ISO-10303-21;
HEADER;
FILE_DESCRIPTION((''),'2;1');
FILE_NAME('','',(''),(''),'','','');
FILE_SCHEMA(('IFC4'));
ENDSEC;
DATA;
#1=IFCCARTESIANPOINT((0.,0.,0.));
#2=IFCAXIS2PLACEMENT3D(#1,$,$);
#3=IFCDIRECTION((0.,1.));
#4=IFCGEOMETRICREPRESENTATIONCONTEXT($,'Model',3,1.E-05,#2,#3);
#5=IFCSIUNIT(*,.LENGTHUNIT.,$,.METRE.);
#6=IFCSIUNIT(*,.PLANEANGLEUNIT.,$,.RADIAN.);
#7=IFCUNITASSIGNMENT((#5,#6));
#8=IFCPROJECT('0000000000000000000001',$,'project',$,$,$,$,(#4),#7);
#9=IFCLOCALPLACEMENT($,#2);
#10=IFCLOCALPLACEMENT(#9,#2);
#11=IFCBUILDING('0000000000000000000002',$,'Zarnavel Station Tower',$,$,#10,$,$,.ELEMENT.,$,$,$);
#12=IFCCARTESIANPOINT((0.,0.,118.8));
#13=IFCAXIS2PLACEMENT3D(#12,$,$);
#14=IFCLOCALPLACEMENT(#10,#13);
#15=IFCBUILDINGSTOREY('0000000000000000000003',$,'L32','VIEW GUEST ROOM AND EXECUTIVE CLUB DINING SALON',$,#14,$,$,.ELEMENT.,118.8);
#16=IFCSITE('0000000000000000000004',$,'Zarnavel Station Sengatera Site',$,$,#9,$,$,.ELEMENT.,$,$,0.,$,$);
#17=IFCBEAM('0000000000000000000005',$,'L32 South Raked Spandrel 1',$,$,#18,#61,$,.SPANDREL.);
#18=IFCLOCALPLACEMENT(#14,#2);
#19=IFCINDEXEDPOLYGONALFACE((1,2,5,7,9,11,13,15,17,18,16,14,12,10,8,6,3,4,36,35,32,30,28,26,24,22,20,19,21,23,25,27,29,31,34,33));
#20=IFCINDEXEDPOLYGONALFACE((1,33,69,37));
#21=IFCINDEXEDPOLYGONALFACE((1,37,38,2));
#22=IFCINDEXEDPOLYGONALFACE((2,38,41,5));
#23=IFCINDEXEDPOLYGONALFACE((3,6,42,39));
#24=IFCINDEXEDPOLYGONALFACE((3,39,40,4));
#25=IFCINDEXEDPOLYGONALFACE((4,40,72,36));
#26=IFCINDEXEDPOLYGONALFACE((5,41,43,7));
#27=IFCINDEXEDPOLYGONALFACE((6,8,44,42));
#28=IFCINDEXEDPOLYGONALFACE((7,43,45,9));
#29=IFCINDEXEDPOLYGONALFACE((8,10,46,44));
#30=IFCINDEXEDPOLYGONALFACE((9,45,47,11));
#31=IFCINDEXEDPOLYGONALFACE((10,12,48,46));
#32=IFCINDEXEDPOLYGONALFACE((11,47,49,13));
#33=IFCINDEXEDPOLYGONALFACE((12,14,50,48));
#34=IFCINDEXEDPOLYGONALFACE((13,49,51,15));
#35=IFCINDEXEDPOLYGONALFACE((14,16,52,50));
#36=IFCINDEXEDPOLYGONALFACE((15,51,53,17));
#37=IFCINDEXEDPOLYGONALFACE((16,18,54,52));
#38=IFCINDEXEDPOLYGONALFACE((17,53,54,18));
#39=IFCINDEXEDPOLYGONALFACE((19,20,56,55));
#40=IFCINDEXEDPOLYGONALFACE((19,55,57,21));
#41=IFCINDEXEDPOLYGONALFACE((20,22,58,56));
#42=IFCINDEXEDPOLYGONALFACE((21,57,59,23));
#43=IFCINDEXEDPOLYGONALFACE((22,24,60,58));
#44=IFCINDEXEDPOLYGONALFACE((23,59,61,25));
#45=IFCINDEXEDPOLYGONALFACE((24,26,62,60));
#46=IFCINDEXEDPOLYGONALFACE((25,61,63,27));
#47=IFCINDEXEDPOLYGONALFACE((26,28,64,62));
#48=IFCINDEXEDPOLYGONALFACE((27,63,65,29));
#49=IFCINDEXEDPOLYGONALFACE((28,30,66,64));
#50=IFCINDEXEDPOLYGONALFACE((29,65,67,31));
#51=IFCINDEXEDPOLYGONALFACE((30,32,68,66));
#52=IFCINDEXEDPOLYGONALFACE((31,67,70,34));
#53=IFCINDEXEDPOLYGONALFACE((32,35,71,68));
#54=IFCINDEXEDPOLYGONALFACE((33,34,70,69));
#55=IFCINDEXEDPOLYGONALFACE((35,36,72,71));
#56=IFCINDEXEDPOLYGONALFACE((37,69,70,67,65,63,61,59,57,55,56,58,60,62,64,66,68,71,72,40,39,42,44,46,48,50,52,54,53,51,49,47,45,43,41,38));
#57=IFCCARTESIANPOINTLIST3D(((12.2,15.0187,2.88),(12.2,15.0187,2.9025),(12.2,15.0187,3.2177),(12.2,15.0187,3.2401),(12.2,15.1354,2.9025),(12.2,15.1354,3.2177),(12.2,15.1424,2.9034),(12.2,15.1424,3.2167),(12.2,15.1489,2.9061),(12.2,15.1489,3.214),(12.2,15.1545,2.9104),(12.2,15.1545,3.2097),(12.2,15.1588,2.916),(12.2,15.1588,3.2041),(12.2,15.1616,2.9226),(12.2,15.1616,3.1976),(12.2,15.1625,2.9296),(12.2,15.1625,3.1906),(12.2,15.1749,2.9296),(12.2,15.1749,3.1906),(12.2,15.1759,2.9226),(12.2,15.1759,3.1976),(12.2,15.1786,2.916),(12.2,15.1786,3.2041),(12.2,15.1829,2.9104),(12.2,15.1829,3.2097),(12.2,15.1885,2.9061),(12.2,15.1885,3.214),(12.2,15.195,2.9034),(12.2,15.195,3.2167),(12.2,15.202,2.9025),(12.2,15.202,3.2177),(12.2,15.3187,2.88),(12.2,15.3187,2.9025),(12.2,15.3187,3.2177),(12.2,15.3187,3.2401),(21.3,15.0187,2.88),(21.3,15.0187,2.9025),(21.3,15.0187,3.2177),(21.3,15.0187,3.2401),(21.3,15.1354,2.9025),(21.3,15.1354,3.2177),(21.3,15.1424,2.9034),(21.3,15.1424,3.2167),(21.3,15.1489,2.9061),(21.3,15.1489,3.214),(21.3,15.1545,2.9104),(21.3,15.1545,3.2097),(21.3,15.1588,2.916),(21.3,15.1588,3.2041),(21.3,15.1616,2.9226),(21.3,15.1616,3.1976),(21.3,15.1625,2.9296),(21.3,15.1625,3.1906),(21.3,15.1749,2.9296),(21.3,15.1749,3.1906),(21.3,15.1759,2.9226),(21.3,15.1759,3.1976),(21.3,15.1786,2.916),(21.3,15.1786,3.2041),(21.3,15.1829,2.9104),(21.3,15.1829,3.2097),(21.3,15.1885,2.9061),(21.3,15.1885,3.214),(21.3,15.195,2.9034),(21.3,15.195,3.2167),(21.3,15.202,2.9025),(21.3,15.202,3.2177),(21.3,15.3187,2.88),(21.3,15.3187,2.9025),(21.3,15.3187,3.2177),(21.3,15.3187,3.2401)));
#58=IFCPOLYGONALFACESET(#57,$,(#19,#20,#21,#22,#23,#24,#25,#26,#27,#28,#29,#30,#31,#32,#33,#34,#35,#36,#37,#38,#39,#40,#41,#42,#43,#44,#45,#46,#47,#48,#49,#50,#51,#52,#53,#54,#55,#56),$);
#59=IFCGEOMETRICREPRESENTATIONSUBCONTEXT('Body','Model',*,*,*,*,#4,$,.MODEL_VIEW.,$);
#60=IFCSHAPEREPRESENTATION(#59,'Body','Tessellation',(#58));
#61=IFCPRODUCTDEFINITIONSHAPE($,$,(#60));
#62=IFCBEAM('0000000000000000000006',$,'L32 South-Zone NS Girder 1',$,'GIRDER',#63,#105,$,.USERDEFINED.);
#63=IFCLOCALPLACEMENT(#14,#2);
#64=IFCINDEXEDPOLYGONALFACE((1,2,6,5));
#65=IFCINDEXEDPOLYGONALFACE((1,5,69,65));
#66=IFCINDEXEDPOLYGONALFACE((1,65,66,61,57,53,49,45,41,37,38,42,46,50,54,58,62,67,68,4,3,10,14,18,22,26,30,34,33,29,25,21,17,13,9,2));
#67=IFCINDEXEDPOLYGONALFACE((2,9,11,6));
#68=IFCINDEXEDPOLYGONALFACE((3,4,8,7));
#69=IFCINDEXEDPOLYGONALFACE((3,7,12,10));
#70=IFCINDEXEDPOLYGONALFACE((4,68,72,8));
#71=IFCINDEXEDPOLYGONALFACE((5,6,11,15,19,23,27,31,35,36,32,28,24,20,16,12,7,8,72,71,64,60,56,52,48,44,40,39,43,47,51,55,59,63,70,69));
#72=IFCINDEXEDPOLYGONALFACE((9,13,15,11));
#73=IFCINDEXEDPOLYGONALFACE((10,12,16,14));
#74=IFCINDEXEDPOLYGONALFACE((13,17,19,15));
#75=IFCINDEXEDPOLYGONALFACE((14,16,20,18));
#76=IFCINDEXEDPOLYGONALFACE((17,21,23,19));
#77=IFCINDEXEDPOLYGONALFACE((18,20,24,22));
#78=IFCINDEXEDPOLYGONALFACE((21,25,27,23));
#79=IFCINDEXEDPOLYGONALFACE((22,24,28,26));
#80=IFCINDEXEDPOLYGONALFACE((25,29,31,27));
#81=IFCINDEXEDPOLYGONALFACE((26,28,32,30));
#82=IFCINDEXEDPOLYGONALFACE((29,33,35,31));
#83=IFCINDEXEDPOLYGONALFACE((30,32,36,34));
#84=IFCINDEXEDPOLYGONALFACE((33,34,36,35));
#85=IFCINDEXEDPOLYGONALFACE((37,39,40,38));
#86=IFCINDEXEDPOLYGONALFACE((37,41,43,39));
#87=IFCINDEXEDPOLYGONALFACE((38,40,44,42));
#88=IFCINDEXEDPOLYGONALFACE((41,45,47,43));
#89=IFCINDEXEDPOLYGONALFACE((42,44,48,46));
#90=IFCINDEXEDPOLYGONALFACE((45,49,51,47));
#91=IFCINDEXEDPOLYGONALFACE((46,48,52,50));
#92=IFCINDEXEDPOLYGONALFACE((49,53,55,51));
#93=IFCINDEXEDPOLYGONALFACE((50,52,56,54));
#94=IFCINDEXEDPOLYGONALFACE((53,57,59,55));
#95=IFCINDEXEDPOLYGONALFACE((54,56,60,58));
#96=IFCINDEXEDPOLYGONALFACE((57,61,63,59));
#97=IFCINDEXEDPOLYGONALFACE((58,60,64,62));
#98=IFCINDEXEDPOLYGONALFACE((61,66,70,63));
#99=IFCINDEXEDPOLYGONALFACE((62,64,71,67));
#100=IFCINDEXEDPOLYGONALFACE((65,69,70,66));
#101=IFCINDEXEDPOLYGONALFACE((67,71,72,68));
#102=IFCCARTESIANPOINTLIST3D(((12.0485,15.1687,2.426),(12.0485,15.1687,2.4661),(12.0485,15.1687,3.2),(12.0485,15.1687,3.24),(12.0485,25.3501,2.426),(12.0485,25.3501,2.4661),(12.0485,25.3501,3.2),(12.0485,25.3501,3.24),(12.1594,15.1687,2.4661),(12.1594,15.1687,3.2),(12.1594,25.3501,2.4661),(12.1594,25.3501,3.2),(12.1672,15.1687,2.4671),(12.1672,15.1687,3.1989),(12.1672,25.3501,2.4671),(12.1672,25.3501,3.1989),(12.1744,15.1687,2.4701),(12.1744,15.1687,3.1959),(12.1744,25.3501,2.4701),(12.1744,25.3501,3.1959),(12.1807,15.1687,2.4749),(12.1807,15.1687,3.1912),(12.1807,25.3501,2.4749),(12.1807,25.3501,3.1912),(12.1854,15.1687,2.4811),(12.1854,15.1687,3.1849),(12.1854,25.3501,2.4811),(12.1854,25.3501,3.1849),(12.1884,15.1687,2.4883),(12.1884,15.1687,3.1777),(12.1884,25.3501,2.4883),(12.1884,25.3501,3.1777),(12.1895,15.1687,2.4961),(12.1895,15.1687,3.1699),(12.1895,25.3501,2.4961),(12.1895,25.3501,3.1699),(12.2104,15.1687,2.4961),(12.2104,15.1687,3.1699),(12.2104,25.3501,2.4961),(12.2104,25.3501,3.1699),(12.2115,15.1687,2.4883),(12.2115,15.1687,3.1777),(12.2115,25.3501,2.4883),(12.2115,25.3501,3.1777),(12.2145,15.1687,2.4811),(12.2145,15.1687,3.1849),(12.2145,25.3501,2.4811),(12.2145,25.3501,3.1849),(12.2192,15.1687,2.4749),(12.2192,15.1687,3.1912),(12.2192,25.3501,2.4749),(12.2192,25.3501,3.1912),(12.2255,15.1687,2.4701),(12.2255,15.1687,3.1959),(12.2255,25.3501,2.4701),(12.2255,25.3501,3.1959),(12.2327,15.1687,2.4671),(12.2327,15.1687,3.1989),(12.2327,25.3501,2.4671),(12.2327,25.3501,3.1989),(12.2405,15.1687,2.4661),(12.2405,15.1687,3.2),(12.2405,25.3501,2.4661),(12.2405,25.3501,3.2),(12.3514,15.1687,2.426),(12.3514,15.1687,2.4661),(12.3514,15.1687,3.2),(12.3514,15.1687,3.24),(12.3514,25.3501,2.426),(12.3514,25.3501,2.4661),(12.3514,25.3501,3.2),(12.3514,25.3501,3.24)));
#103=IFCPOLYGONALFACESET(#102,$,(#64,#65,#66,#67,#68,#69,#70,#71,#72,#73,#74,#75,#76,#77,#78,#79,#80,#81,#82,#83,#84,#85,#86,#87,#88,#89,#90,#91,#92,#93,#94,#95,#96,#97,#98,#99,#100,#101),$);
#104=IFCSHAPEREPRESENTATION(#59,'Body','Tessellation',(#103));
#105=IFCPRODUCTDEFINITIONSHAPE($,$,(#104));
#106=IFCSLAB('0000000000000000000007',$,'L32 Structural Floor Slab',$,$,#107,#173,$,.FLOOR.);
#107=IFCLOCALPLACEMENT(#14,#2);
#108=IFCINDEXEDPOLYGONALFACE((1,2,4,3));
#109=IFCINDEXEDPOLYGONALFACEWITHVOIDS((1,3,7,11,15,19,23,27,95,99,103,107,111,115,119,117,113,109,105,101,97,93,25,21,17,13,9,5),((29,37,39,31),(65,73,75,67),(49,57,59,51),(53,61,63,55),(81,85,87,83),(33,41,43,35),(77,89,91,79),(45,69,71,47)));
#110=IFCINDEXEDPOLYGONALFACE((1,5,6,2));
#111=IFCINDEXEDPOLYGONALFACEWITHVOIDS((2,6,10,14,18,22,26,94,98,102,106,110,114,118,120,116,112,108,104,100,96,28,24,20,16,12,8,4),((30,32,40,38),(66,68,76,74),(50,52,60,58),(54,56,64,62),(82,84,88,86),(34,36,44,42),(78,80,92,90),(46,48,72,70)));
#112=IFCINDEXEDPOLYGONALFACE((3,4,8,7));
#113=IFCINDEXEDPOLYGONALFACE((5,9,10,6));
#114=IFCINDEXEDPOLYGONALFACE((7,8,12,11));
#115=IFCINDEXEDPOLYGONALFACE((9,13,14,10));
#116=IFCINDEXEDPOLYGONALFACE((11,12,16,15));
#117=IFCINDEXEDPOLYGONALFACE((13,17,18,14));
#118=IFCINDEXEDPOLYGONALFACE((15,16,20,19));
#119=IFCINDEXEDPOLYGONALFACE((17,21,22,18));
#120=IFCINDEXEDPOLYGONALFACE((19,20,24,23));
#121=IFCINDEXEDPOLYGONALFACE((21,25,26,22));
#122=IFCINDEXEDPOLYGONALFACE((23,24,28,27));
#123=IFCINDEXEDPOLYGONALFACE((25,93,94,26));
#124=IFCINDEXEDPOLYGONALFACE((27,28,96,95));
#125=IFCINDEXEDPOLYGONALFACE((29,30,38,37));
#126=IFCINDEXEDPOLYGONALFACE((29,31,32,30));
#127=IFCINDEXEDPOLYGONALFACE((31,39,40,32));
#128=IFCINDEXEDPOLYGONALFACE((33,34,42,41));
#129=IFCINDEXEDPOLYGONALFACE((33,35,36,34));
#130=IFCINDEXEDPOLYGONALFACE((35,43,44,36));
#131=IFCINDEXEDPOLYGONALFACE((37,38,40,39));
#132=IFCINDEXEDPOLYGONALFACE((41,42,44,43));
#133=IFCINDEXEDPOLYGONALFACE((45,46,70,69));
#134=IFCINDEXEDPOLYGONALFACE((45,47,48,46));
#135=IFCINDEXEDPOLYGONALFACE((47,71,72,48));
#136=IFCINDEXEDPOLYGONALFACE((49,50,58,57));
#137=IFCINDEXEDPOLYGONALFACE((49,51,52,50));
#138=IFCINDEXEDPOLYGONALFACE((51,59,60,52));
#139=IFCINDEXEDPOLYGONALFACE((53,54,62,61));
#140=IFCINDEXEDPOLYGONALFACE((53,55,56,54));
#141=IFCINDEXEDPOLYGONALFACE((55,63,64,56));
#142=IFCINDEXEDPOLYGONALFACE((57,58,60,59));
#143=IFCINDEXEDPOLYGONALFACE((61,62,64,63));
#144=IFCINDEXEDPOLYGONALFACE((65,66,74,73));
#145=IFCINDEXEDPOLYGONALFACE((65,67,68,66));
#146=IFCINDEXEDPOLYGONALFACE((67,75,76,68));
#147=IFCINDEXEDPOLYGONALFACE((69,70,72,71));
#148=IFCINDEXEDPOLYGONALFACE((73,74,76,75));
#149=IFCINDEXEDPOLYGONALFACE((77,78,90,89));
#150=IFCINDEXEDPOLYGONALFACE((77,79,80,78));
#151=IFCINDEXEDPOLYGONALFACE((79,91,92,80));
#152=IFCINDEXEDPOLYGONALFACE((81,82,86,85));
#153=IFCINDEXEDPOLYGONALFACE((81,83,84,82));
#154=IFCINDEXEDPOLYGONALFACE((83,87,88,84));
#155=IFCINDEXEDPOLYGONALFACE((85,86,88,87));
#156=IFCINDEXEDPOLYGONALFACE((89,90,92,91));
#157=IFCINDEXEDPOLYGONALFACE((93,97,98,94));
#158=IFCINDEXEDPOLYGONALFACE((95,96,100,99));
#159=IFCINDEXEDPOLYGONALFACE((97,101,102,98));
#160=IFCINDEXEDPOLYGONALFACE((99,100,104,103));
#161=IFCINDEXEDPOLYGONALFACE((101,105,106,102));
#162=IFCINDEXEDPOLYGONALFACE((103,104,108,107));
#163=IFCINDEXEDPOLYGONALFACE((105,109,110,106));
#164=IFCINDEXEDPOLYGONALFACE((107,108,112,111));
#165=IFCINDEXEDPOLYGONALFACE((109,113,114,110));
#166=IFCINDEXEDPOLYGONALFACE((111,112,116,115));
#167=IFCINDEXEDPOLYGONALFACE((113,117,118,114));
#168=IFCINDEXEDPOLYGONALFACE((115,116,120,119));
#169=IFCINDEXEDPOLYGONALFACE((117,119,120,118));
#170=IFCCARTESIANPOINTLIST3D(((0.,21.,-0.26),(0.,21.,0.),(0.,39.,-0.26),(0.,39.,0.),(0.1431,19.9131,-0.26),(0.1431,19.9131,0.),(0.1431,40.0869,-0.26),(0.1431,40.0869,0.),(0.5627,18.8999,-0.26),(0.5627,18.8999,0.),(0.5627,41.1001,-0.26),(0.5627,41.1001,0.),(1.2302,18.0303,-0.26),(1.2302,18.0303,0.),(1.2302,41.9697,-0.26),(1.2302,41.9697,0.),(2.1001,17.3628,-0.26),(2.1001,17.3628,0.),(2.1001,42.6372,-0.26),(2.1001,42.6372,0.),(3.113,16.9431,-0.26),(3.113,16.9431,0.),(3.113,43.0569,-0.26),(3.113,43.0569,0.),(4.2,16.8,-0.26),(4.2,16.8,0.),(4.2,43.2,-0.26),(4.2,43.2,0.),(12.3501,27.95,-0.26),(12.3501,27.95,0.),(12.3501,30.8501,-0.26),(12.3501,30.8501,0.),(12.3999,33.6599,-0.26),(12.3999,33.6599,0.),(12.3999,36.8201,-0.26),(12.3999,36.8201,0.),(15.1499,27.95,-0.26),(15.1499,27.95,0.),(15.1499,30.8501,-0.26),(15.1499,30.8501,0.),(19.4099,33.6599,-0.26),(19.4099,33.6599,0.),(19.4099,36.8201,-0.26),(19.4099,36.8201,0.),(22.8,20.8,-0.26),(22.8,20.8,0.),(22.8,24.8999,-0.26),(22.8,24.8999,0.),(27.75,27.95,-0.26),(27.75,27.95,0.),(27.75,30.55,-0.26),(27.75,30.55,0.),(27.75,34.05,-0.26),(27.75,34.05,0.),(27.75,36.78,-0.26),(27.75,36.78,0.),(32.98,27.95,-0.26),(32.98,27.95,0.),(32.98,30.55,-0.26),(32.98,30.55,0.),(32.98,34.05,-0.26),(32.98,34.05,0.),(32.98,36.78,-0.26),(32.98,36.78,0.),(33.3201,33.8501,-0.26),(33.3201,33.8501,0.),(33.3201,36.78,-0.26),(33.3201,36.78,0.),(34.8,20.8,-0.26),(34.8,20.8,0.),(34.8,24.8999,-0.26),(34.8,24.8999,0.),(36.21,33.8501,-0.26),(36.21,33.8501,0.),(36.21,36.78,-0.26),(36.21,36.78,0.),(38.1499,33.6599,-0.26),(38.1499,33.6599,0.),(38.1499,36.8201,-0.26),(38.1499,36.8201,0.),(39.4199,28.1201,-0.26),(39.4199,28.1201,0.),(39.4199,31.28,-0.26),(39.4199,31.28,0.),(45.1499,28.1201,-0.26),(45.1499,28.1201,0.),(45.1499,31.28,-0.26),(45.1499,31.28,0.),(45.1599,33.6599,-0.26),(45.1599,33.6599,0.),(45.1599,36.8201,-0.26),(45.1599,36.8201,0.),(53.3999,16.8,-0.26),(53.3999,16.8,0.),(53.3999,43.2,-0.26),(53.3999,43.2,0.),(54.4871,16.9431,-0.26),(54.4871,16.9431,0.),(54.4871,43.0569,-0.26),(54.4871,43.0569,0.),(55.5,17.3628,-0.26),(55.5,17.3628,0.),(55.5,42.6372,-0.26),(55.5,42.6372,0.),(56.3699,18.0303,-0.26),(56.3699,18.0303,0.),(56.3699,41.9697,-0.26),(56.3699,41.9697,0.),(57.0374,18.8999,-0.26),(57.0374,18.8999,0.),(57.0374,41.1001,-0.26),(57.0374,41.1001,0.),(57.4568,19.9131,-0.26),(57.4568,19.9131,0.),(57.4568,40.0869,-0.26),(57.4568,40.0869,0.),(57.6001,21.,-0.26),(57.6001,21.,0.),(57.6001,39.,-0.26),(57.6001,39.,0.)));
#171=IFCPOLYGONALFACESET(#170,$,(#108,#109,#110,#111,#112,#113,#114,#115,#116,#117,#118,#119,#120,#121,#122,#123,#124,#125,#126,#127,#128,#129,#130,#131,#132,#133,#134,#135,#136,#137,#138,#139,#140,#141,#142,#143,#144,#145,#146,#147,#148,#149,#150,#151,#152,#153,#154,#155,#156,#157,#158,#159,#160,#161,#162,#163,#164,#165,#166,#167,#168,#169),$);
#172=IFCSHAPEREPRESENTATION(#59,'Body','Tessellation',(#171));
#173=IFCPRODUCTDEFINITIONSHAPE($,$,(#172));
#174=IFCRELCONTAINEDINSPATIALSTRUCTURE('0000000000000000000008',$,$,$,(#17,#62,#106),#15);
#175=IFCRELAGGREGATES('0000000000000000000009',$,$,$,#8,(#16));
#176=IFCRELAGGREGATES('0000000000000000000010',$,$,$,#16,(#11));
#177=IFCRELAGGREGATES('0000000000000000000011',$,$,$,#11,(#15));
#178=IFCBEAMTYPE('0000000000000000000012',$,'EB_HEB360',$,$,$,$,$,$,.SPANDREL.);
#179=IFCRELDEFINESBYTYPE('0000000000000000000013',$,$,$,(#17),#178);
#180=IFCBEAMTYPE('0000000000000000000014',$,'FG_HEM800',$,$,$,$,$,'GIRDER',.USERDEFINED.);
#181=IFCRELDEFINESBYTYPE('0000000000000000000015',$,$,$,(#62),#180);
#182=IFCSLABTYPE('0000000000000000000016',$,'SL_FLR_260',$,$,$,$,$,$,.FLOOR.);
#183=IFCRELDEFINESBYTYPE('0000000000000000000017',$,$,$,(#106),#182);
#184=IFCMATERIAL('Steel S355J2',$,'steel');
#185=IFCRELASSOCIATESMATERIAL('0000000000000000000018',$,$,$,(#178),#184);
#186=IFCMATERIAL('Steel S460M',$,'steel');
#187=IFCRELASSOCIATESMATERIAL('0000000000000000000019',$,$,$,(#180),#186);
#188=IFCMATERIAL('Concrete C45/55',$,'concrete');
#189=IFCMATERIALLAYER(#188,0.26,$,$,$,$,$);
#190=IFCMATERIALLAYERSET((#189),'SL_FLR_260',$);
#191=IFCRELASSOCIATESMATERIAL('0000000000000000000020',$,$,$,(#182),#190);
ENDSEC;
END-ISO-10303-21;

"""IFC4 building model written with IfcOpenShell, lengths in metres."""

from ifc_helpers import new_model, si_unit, direction, frame, origin, origin_2d, place, context, subcontext, project, spatial, polyline, i_section, outline, extrude, material, layer, layer_set, material_profile, profile_set, type_object, element, save


model = new_model("IFC4")

# Units and contexts
model_context = context("Model", 3, precision=1e-05, world=origin(), true_north=direction((0.0, 1.0)))
body_context = subcontext(model_context, "Body", "Model", "MODEL_VIEW")
ifc_project = project(units=[si_unit("LENGTHUNIT", "METRE"), si_unit("PLANEANGLEUNIT", "RADIAN")], contexts=[model_context])

# Site, building, storey
site_placement = place(None, origin())
site = spatial("IfcSite", under=ifc_project, at=site_placement, Name="Zarnavel Station Sengatera Site", CompositionType="ELEMENT", RefElevation=0.0)
building_placement = place(site_placement, origin())
building = spatial("IfcBuilding", under=site, at=building_placement, Name="Zarnavel Station Tower", CompositionType="ELEMENT")
storey_placement = place(building_placement, frame((0.0, 0.0, 118.8)))
storey = spatial("IfcBuildingStorey", under=building, at=storey_placement, Name="L32", Description="VIEW GUEST ROOM AND EXECUTIVE CLUB DINING SALON", CompositionType="ELEMENT", Elevation=118.8)

# Beams
ifc_material_1 = material(Name="Steel S355J2", Category="steel")
ifc_material_profile_1 = material_profile(ifc_material_1, i_section(OverallWidth=0.3, OverallDepth=0.3601, WebThickness=0.0125, FlangeThickness=0.0225, FilletRadius=0.0271, at=origin_2d()), Name="HEB360")
ifc_profile_set_1 = profile_set([ifc_material_profile_1], Name="Steel S355J2")
beam_type_1 = type_object("IfcBeamType", Name="EB_HEB360", PredefinedType="SPANDREL", material=ifc_profile_set_1)
beam_1_placement = place(storey_placement, frame((12.2, 15.1687, 3.0601), z_axis=(1.0, 0.0, 0.0), x_axis=(0.0, 1.0, 0.0)))
element("IfcBeam", 1, at=beam_1_placement, inside=storey, type_object=beam_type_1, Name="L32 South Raked Spandrel 1", PredefinedType="SPANDREL", context=body_context, shape_type="SweptSolid", body=[
    extrude(i_section(OverallWidth=0.3, OverallDepth=0.3601, WebThickness=0.0125, FlangeThickness=0.0225, FilletRadius=0.0271, at=origin_2d()), origin(), (0.0, 0.0, 1.0), 9.1001),
])
ifc_material_2 = material(Name="Steel S460M", Category="steel")
ifc_material_profile_2 = material_profile(ifc_material_2, i_section(OverallWidth=0.303, OverallDepth=0.814, WebThickness=0.021, FlangeThickness=0.04, FilletRadius=0.03, at=origin_2d()), Name="HEM800")
ifc_profile_set_2 = profile_set([ifc_material_profile_2], Name="Steel S460M")
beam_type_2 = type_object("IfcBeamType", Name="FG_HEM800", ElementType="GIRDER", PredefinedType="USERDEFINED", material=ifc_profile_set_2)
beam_2_placement = place(storey_placement, frame((12.2, 15.1687, 2.833), z_axis=(0.0, 1.0, 0.0), x_axis=(-1.0, 0.0, 0.0)))
element("IfcBeam", 2, at=beam_2_placement, inside=storey, type_object=beam_type_2, Name="L32 South-Zone NS Girder 1", ObjectType="GIRDER", PredefinedType="USERDEFINED", context=body_context, shape_type="SweptSolid", body=[
    extrude(i_section(OverallWidth=0.303, OverallDepth=0.814, WebThickness=0.021, FlangeThickness=0.04, FilletRadius=0.03, at=origin_2d()), origin(), (0.0, 0.0, 1.0), 10.1814),
])

# Slab
ifc_material_3 = material(Name="Concrete C45/55", Category="concrete")
ifc_layer_1 = layer(ifc_material_3, 0.26)
ifc_layer_set_1 = layer_set([ifc_layer_1], Name="SL_FLR_260")
slab_type_1 = type_object("IfcSlabType", Name="SL_FLR_260", PredefinedType="FLOOR", material=ifc_layer_set_1)
slab_1_placement = place(storey_placement, frame((0.0, 0.0, -0.26)))
element("IfcSlab", 3, at=slab_1_placement, inside=storey, type_object=slab_type_1, Name="L32 Structural Floor Slab", PredefinedType="FLOOR", context=body_context, shape_type="SweptSolid", body=[
    extrude(outline(polyline([(53.3999, 16.8), (54.4871, 16.9431), (55.5, 17.3628), (56.3699, 18.0303), (57.0374, 18.8999), (57.4568, 19.9131), (57.6001, 21.0), (57.6001, 39.0), (57.4568, 40.0869), (57.0374, 41.1001), (56.3699, 41.9697), (55.5, 42.6372), (54.4871, 43.0569), (53.3999, 43.2), (4.2, 43.2), (3.113, 43.0569), (2.1001, 42.6372), (1.2302, 41.9697), (0.5627, 41.1001), (0.1431, 40.0869), (0.0, 39.0), (0.0, 21.0), (0.1431, 19.9131), (0.5627, 18.8999), (1.2302, 18.0303), (2.1001, 17.3628), (3.113, 16.9431), (4.2, 16.8), (53.3999, 16.8)]), holes=[polyline([(12.3999, 33.6599), (19.4099, 33.6599), (19.4099, 36.8201), (12.3999, 36.8201), (12.3999, 33.6599)]), polyline([(38.1499, 33.6599), (45.1599, 33.6599), (45.1599, 36.8201), (38.1499, 36.8201), (38.1499, 33.6599)]), polyline([(39.4199, 28.1201), (45.1499, 28.1201), (45.1499, 31.28), (39.4199, 31.28), (39.4199, 28.1201)]), polyline([(12.3501, 27.95), (15.1499, 27.95), (15.1499, 30.8501), (12.3501, 30.8501), (12.3501, 27.95)]), polyline([(33.3201, 33.8501), (36.21, 33.8501), (36.21, 36.78), (33.3201, 36.78), (33.3201, 33.8501)]), polyline([(27.75, 34.05), (32.98, 34.05), (32.98, 36.78), (27.75, 36.78), (27.75, 34.05)]), polyline([(27.75, 27.95), (32.98, 27.95), (32.98, 30.55), (27.75, 30.55), (27.75, 27.95)]), polyline([(22.8, 20.8), (34.8, 20.8), (34.8, 24.8999), (22.8, 24.8999), (22.8, 20.8)])]), origin(), (0.0, 0.0, 1.0), 0.26),
])

save(model, "model.ifc")
